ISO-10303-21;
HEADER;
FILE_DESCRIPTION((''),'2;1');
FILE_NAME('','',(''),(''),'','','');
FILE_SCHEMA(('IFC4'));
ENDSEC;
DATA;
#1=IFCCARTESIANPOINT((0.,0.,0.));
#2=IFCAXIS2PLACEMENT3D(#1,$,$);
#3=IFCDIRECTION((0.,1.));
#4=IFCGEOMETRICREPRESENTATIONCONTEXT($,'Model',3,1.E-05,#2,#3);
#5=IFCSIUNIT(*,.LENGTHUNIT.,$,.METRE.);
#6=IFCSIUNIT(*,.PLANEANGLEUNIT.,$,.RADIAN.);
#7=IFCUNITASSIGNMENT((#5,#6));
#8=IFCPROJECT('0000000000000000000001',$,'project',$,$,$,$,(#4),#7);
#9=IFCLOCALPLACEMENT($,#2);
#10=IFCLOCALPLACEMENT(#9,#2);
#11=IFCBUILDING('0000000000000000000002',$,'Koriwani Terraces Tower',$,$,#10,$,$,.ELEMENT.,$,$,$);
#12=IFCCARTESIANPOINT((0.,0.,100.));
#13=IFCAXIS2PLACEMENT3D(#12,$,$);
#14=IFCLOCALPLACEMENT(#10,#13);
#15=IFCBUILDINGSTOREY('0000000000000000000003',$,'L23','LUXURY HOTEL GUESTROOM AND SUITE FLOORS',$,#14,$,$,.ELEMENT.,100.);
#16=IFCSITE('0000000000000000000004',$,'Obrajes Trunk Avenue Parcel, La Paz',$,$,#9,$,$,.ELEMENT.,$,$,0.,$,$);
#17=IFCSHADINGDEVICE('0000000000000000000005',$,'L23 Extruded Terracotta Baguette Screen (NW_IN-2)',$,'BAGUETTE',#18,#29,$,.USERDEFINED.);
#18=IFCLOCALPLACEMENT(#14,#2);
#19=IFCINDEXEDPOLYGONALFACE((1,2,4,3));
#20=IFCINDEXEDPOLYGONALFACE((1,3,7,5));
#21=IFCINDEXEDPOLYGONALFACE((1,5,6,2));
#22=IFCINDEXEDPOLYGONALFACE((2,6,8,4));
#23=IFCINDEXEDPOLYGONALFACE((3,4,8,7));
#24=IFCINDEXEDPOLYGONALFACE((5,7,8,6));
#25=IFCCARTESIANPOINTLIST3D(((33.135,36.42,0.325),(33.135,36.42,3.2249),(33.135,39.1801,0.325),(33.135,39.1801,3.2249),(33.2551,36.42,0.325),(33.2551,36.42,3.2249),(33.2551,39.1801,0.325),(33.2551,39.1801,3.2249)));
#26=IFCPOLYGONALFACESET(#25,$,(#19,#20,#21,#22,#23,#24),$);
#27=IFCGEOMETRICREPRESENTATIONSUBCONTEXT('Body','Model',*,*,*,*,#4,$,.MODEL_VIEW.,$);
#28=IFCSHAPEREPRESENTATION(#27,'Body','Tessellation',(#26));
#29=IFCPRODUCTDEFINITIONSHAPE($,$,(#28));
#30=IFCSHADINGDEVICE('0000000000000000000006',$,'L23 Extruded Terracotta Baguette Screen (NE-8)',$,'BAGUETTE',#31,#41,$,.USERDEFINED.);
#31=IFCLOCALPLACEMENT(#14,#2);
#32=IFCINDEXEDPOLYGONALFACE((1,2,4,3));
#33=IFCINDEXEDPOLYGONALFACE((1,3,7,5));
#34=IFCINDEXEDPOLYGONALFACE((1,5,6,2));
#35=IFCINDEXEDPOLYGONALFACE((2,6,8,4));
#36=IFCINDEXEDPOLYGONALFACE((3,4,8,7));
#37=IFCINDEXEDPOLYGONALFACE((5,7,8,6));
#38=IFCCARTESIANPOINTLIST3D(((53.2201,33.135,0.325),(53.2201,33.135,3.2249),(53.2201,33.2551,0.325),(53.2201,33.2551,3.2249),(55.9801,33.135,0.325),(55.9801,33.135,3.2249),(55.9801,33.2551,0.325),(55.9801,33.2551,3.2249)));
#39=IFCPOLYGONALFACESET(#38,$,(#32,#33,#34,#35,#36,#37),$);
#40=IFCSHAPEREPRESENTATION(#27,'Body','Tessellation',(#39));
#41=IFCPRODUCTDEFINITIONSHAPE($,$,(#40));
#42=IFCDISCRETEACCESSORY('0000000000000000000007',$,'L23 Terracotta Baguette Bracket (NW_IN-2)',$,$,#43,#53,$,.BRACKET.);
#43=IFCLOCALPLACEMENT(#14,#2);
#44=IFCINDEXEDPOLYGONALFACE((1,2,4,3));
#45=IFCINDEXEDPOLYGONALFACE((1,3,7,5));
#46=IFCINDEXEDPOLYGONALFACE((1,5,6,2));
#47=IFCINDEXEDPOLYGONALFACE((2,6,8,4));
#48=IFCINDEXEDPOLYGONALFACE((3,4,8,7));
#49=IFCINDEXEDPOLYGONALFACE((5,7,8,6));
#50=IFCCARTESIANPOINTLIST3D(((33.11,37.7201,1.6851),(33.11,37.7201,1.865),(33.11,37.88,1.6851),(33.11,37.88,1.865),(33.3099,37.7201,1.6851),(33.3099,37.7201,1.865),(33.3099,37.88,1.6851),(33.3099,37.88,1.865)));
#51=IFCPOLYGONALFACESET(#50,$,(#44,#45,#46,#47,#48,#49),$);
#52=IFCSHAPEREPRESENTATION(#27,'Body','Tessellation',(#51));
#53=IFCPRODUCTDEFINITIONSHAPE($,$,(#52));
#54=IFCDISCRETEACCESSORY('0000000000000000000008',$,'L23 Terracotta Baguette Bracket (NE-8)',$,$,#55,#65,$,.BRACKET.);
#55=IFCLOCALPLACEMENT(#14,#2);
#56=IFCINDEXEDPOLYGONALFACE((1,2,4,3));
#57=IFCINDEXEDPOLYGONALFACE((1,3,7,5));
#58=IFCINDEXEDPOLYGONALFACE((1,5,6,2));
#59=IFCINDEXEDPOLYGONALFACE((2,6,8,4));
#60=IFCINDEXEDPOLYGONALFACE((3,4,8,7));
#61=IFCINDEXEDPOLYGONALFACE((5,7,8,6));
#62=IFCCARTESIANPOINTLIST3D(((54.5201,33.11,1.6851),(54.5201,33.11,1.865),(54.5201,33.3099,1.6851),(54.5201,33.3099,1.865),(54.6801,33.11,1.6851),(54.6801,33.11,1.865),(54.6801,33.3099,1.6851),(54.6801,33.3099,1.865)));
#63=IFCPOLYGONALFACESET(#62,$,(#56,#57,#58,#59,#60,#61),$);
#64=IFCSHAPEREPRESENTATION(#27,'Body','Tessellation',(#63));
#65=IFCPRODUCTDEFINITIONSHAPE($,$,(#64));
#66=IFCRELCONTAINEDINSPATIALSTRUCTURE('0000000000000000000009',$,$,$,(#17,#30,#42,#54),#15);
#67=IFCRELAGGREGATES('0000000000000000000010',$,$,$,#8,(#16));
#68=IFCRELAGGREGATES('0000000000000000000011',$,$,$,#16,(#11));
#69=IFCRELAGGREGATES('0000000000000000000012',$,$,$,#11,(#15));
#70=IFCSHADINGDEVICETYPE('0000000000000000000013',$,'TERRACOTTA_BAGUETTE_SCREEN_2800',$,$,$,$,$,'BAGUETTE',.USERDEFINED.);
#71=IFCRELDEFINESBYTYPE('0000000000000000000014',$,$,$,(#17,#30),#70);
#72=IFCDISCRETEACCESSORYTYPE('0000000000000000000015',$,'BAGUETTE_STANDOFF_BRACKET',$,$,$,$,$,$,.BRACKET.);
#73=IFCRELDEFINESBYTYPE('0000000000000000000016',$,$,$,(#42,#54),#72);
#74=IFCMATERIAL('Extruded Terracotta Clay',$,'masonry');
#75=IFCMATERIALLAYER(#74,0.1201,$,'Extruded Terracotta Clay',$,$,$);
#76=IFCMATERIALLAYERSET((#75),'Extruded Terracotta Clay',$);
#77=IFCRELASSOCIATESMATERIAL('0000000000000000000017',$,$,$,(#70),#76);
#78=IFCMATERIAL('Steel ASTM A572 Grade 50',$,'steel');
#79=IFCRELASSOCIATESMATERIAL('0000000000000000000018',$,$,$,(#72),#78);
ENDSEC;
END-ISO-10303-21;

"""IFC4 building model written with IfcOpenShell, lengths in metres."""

from ifc_helpers import new_model, si_unit, direction, frame, origin, origin_2d, place, context, subcontext, project, spatial, rectangle, extrude, material, layer, layer_set, type_object, element, save


model = new_model("IFC4")

# Units and contexts
model_context = context("Model", 3, precision=1e-05, world=origin(), true_north=direction((0.0, 1.0)))
body_context = subcontext(model_context, "Body", "Model", "MODEL_VIEW")
ifc_project = project(units=[si_unit("LENGTHUNIT", "METRE"), si_unit("PLANEANGLEUNIT", "RADIAN")], contexts=[model_context])

# Site, building, storey
site_placement = place(None, origin())
site = spatial("IfcSite", under=ifc_project, at=site_placement, Name="Obrajes Trunk Avenue Parcel, La Paz", CompositionType="ELEMENT", RefElevation=0.0)
building_placement = place(site_placement, origin())
building = spatial("IfcBuilding", under=site, at=building_placement, Name="Koriwani Terraces Tower", CompositionType="ELEMENT")
storey_placement = place(building_placement, frame((0.0, 0.0, 100.0)))
storey = spatial("IfcBuildingStorey", under=building, at=storey_placement, Name="L23", Description="LUXURY HOTEL GUESTROOM AND SUITE FLOORS", CompositionType="ELEMENT", Elevation=100.0)

# Shared definitions
ifc_material_1 = material(Name="Steel ASTM A572 Grade 50", Category="steel")

# Shading devices
ifc_material_2 = material(Name="Extruded Terracotta Clay", Category="masonry")
ifc_layer_1 = layer(ifc_material_2, 0.1201, Name="Extruded Terracotta Clay")
ifc_layer_set_1 = layer_set([ifc_layer_1], Name="Extruded Terracotta Clay")
shading_device_type = type_object("IfcShadingDeviceType", Name="TERRACOTTA_BAGUETTE_SCREEN_2800", ElementType="BAGUETTE", PredefinedType="USERDEFINED", material=ifc_layer_set_1)
for number, where, z_axis, x_axis, name in (
    (1, (33.1951, 37.8, 0.325), (0.0, 0.0, 1.0), (0.0, -1.0, 0.0), "L23 Extruded Terracotta Baguette Screen (NW_IN-2)"),
    (2, (54.6001, 33.1951, 0.325), (0.0, 0.0, 1.0), (1.0, 0.0, 0.0), "L23 Extruded Terracotta Baguette Screen (NE-8)"),
):
    element("IfcShadingDevice", number, at=place(storey_placement, frame(where, z_axis=z_axis, x_axis=x_axis)), inside=storey, type_object=shading_device_type, Name=name, ObjectType="BAGUETTE", PredefinedType="USERDEFINED", context=body_context, shape_type="SweptSolid", body=[
        extrude(rectangle(XDim=2.76, YDim=0.1201, at=origin_2d()), origin(), (0.0, 0.0, 1.0), 2.8999),
    ])

# Discrete accessories
discrete_accessory_type = type_object("IfcDiscreteAccessoryType", Name="BAGUETTE_STANDOFF_BRACKET", PredefinedType="BRACKET", material=ifc_material_1)
for number, where, z_axis, x_axis, name in (
    (3, (33.21, 37.8, 1.6851), (0.0, 0.0, 1.0), (0.0, -1.0, 0.0), "L23 Terracotta Baguette Bracket (NW_IN-2)"),
    (4, (54.6001, 33.21, 1.6851), (0.0, 0.0, 1.0), (1.0, 0.0, 0.0), "L23 Terracotta Baguette Bracket (NE-8)"),
):
    element("IfcDiscreteAccessory", number, at=place(storey_placement, frame(where, z_axis=z_axis, x_axis=x_axis)), inside=storey, type_object=discrete_accessory_type, Name=name, PredefinedType="BRACKET", context=body_context, shape_type="SweptSolid", body=[
        extrude(rectangle(XDim=0.1599, YDim=0.2, at=origin_2d()), origin(), (0.0, 0.0, 1.0), 0.1799),
    ])

save(model, "model.ifc")
